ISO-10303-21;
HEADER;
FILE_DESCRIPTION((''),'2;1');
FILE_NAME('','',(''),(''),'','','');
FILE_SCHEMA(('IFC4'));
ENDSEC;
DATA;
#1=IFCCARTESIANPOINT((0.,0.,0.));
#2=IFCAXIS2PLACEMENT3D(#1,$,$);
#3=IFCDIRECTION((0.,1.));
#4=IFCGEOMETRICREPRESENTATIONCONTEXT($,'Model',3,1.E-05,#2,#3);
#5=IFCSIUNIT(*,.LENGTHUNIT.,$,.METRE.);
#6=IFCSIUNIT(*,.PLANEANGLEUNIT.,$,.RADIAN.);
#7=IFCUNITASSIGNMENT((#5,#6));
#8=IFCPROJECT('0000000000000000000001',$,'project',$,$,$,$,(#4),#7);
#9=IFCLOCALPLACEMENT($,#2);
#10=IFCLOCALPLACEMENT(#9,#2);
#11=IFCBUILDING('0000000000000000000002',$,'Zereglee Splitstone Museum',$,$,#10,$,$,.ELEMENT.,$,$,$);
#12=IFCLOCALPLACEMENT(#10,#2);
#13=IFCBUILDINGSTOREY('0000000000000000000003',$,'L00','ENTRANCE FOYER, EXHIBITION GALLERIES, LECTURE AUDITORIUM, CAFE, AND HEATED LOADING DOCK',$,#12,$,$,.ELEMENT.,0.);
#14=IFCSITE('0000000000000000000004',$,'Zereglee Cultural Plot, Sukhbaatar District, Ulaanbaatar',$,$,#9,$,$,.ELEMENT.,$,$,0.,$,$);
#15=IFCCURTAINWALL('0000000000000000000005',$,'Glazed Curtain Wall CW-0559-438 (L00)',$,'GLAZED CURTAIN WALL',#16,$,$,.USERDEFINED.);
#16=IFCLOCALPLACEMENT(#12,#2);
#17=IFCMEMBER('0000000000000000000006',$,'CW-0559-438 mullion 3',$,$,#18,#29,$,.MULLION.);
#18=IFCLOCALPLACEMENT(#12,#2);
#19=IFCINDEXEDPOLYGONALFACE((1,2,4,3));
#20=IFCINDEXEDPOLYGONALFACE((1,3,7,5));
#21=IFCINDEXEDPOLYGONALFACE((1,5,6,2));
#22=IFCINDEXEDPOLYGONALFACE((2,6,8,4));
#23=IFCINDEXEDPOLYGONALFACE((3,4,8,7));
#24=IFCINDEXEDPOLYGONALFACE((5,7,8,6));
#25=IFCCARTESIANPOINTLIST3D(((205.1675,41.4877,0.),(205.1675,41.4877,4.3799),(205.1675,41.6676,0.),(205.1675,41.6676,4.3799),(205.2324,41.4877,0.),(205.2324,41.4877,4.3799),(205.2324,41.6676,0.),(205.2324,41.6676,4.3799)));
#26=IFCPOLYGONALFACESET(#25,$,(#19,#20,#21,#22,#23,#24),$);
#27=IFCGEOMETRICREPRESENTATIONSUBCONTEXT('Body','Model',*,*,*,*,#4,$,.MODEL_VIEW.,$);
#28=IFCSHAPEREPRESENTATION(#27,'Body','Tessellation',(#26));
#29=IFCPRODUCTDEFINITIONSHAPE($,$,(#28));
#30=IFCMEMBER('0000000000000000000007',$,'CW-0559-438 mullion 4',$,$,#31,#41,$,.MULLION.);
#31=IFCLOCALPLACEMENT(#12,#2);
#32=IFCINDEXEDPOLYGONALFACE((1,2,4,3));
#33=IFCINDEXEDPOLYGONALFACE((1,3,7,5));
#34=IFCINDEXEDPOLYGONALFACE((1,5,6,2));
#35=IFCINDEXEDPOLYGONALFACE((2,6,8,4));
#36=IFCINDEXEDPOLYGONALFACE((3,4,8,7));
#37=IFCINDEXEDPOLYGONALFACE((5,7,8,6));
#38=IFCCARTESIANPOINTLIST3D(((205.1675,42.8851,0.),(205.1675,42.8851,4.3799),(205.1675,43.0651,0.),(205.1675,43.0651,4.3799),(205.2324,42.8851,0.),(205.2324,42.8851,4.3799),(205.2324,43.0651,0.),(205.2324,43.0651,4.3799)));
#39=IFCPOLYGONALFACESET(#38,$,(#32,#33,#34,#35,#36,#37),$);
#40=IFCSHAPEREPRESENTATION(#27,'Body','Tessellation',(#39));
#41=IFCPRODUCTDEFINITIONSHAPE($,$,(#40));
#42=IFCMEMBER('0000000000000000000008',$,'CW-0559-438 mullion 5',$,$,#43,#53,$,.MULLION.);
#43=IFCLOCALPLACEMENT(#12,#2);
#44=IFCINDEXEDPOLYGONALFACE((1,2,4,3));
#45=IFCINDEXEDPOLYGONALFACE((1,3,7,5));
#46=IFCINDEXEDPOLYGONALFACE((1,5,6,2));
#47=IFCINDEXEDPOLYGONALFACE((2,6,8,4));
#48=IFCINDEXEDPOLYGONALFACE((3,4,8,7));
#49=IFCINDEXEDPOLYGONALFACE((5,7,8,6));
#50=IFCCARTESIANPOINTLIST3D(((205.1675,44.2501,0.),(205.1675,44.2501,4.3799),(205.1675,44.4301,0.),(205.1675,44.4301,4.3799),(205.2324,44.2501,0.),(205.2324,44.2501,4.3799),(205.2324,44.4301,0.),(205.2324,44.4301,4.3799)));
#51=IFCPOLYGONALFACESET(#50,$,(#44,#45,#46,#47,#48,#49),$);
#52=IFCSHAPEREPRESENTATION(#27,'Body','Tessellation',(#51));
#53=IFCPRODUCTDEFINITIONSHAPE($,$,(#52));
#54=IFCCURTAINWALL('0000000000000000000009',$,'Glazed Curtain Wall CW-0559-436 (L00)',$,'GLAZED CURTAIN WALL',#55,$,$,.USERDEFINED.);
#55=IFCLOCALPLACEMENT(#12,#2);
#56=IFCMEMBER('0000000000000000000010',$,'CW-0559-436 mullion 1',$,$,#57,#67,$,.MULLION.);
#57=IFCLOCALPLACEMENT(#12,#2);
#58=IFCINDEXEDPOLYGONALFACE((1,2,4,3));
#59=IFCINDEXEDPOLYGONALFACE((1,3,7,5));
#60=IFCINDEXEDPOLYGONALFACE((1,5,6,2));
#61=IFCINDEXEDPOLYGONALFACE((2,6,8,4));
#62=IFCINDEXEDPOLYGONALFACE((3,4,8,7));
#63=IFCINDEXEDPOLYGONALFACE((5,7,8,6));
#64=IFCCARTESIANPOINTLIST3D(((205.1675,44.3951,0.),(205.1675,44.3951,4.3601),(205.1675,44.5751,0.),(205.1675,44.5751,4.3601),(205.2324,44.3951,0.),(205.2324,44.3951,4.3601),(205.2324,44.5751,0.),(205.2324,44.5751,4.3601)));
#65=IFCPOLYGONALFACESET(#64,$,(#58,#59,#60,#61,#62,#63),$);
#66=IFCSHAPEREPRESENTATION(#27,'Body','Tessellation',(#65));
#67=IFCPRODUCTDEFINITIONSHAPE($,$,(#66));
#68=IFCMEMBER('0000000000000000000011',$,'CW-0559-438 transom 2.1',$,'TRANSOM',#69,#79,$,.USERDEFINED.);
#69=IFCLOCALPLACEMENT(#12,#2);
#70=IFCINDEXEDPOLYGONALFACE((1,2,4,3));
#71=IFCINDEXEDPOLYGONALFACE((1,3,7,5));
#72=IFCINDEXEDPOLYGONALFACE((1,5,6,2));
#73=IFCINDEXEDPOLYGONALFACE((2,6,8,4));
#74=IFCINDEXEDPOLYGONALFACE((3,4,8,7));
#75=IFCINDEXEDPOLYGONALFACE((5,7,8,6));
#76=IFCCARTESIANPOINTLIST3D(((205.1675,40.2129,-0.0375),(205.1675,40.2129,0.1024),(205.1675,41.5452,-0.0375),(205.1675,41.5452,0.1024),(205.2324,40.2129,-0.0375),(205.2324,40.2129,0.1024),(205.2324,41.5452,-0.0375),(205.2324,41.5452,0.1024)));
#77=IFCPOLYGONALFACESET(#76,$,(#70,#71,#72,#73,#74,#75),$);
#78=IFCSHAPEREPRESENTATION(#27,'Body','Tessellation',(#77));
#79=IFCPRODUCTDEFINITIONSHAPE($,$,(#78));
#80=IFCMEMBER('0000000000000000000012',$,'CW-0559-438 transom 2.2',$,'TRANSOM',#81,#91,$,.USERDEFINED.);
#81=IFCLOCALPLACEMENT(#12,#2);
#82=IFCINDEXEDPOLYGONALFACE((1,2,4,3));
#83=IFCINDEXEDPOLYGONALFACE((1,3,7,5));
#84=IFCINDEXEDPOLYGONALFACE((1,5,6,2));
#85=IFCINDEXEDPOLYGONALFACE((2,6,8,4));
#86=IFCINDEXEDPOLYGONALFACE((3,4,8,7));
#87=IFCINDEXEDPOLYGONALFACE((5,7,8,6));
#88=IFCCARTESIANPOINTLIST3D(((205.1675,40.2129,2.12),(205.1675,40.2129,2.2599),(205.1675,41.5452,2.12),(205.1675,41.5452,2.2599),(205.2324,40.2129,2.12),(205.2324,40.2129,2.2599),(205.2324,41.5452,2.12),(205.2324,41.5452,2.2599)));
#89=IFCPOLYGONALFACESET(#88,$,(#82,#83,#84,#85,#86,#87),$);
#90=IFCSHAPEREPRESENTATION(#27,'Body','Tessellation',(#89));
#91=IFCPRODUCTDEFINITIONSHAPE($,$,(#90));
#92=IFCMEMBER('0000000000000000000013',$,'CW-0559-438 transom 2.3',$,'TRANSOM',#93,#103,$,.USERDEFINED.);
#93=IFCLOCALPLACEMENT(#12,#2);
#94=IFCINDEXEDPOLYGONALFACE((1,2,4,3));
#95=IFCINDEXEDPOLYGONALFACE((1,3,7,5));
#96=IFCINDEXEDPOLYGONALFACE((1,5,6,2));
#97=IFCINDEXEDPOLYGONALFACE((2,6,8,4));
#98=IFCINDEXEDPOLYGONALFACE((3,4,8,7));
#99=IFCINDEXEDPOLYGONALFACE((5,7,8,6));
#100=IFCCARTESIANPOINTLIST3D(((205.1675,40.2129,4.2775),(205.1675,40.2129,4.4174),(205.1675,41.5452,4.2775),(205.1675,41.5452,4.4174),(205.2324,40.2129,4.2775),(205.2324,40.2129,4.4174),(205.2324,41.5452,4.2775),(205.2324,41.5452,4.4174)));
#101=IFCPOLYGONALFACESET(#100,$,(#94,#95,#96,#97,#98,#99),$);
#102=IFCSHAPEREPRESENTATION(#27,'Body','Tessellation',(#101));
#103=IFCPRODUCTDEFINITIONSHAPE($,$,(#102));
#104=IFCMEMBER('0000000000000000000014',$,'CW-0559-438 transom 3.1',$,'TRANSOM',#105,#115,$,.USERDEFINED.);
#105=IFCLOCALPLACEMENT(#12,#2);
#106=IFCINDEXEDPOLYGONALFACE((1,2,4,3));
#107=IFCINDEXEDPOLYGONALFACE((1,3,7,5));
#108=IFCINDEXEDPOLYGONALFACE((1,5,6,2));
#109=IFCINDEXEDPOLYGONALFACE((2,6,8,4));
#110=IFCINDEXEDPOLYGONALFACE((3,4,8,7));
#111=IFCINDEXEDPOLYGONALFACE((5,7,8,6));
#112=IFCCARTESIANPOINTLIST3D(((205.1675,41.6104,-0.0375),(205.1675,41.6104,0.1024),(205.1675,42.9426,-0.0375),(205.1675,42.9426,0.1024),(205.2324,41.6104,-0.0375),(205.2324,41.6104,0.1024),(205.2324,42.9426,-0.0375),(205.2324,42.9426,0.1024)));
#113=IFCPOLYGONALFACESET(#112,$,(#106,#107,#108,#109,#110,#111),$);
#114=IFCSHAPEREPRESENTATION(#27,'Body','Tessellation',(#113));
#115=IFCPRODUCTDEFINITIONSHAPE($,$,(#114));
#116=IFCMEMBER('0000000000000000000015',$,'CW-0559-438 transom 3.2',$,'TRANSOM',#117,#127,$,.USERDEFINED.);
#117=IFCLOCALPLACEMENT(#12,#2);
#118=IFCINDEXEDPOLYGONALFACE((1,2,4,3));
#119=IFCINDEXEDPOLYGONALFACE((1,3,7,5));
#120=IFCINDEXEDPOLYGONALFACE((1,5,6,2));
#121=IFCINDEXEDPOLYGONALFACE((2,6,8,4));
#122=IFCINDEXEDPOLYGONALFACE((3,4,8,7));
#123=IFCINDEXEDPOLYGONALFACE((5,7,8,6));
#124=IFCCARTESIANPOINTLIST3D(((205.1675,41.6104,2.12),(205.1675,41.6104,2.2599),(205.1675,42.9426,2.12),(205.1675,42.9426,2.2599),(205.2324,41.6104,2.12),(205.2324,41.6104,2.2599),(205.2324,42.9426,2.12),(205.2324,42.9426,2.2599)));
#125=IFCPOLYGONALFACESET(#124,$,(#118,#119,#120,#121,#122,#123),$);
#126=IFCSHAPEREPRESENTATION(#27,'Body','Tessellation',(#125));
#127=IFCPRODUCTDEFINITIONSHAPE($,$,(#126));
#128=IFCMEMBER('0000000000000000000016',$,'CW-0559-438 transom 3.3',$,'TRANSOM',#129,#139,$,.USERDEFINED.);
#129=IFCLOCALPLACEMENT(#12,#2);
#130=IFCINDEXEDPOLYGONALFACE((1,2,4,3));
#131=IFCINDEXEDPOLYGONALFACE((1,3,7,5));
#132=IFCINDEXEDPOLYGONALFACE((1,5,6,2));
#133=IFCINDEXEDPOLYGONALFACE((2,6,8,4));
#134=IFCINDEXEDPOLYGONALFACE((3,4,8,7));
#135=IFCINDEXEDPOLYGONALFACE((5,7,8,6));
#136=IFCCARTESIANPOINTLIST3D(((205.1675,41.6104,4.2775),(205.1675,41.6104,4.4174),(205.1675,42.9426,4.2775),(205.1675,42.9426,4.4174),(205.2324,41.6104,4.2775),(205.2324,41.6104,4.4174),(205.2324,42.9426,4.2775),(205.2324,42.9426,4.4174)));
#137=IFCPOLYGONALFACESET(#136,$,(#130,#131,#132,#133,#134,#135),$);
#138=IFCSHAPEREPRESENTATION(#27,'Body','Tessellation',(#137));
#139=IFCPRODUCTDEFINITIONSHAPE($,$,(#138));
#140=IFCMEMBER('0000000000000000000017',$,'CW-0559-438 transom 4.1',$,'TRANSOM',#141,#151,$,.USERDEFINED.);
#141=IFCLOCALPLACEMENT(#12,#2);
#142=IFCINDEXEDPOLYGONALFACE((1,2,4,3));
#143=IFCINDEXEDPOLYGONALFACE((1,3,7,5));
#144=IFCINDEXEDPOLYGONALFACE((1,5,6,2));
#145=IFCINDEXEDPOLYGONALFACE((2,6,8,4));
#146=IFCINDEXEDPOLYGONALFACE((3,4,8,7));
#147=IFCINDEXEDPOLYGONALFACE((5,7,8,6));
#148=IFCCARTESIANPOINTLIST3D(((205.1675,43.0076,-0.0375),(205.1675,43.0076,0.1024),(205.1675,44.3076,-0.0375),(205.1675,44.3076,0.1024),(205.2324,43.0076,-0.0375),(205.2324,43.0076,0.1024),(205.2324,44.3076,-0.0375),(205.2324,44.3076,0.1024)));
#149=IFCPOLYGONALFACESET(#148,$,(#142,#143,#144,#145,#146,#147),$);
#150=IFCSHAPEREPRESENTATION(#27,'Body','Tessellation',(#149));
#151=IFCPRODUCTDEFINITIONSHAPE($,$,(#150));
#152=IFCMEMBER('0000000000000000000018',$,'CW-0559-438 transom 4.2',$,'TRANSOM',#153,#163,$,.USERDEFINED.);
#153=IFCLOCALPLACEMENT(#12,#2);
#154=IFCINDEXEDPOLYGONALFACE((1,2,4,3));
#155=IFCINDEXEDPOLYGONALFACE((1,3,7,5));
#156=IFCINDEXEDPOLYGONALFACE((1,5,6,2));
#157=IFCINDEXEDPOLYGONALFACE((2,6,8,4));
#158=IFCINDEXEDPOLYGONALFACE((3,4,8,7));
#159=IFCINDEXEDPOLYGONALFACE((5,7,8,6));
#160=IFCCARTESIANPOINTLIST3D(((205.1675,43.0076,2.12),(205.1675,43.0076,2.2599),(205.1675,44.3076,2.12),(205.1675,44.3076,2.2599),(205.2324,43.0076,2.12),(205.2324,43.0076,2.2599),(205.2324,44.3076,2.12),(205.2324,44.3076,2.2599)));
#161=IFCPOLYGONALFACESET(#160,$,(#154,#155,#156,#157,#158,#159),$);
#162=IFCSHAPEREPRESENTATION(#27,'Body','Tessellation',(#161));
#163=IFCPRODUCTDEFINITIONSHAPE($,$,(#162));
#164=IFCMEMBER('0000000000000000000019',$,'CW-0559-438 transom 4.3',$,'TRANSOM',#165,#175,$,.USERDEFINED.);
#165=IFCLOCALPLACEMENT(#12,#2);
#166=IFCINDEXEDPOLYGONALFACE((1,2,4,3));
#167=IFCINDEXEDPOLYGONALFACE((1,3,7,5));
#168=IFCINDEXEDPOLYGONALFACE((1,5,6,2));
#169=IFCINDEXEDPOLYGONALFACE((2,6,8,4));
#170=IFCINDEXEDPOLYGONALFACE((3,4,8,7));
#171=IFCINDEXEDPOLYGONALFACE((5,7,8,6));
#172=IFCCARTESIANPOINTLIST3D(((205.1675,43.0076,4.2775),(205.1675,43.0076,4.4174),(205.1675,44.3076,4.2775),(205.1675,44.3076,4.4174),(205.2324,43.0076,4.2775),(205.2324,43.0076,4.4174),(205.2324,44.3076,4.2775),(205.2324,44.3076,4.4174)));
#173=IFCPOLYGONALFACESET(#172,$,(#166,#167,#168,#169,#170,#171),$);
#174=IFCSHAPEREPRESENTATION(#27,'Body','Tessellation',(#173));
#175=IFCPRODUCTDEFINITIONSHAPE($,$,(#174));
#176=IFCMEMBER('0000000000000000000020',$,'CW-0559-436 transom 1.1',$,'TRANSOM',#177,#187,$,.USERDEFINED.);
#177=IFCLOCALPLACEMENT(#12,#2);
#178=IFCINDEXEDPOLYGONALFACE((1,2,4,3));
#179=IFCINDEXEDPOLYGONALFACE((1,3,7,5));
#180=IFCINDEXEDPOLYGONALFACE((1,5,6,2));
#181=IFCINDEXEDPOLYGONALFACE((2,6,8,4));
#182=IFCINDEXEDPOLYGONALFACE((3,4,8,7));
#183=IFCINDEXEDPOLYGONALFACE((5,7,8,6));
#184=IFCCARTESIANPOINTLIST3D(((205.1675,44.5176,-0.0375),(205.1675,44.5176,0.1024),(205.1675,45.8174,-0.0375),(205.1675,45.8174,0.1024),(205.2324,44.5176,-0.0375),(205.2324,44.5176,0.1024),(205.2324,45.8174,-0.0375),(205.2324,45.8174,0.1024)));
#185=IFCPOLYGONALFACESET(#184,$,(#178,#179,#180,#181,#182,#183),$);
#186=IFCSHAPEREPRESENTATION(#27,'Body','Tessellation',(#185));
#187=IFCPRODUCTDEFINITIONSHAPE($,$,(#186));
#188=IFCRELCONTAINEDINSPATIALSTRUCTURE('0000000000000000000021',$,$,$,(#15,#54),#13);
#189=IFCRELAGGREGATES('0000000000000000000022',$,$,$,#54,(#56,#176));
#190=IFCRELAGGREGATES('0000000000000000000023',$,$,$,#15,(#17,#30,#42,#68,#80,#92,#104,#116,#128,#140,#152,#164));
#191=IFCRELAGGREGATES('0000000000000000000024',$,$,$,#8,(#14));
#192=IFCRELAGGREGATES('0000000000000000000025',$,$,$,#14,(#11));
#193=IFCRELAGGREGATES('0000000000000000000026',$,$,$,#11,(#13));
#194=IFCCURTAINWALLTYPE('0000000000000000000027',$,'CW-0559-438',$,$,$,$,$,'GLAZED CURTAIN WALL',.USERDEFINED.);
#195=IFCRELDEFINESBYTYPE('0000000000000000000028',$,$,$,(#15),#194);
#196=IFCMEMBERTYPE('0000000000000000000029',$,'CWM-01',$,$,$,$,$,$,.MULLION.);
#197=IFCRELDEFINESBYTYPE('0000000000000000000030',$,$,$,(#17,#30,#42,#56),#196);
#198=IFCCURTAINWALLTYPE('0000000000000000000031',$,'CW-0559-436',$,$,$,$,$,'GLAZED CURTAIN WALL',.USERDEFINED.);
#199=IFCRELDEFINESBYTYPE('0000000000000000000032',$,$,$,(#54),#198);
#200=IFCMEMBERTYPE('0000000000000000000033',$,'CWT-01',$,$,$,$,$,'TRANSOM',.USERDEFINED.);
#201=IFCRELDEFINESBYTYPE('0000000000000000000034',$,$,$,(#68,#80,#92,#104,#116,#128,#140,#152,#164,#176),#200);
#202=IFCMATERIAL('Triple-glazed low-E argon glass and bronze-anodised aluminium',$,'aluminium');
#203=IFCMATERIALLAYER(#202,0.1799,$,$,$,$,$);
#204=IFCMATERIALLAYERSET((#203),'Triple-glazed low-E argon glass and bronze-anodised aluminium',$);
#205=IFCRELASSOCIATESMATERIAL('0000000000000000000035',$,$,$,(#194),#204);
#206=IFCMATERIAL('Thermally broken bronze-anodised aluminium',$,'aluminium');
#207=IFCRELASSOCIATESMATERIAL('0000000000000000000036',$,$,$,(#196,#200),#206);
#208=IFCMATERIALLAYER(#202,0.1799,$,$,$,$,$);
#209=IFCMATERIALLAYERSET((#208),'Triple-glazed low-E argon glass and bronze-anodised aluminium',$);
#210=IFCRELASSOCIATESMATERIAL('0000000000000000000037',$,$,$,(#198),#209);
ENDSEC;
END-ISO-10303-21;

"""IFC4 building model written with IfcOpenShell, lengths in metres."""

from ifc_helpers import new_model, si_unit, direction, frame, origin, origin_2d, place, context, subcontext, project, spatial, rectangle, extrude, material, layer, layer_set, material_profile, profile_set, type_object, element, aggregate, save


model = new_model("IFC4")

# Units and contexts
model_context = context("Model", 3, precision=1e-05, world=origin(), true_north=direction((0.0, 1.0)))
body_context = subcontext(model_context, "Body", "Model", "MODEL_VIEW")
ifc_project = project(units=[si_unit("LENGTHUNIT", "METRE"), si_unit("PLANEANGLEUNIT", "RADIAN")], contexts=[model_context])

# Site, building, storey
site_placement = place(None, origin())
site = spatial("IfcSite", under=ifc_project, at=site_placement, Name="Zereglee Cultural Plot, Sukhbaatar District, Ulaanbaatar", CompositionType="ELEMENT", RefElevation=0.0)
building_placement = place(site_placement, origin())
building = spatial("IfcBuilding", under=site, at=building_placement, Name="Zereglee Splitstone Museum", CompositionType="ELEMENT")
storey_placement = place(building_placement, origin())
storey = spatial("IfcBuildingStorey", under=building, at=storey_placement, Name="L00", Description="ENTRANCE FOYER, EXHIBITION GALLERIES, LECTURE AUDITORIUM, CAFE, AND HEATED LOADING DOCK", CompositionType="ELEMENT", Elevation=0.0)

# Curtain wall, members
ifc_material_1 = material(Name="Triple-glazed low-E argon glass and bronze-anodised aluminium", Category="aluminium")
ifc_layer_1 = layer(ifc_material_1, 0.1799)
ifc_layer_set_1 = layer_set([ifc_layer_1], Name="Triple-glazed low-E argon glass and bronze-anodised aluminium")
curtain_wall_type_1 = type_object("IfcCurtainWallType", Name="CW-0559-438", ElementType="GLAZED CURTAIN WALL", PredefinedType="USERDEFINED", material=ifc_layer_set_1)
curtain_wall_1_placement = place(storey_placement, origin())
curtain_wall_1 = element("IfcCurtainWall", 1, at=curtain_wall_1_placement, inside=storey, type_object=curtain_wall_type_1, Name="Glazed Curtain Wall CW-0559-438 (L00)", ObjectType="GLAZED CURTAIN WALL", PredefinedType="USERDEFINED")
ifc_material_2 = material(Name="Thermally broken bronze-anodised aluminium", Category="aluminium")
ifc_material_profile_1 = material_profile(ifc_material_2, rectangle(XDim=0.0649, YDim=0.1799, at=origin_2d()), Name="CW MULL 65x180")
ifc_profile_set_1 = profile_set([ifc_material_profile_1], Name="Thermally broken bronze-anodised aluminium")
member_type_1 = type_object("IfcMemberType", Name="CWM-01", PredefinedType="MULLION", material=ifc_profile_set_1)
member_1_placement = place(storey_placement, frame((205.2, 41.5776, 0.0), z_axis=(0.0, 0.0, 1.0), x_axis=(-1.0, 0.0, 0.0)))
member_1 = element("IfcMember", 2, at=member_1_placement, type_object=member_type_1, Name="CW-0559-438 mullion 3", PredefinedType="MULLION", context=body_context, shape_type="SweptSolid", body=[
    extrude(rectangle(XDim=0.0649, YDim=0.1799, at=origin_2d()), origin(), (0.0, 0.0, 1.0), 4.3799),
])
member_2_placement = place(storey_placement, frame((205.2, 42.9751, 0.0), z_axis=(0.0, 0.0, 1.0), x_axis=(-1.0, 0.0, 0.0)))
member_2 = element("IfcMember", 3, at=member_2_placement, type_object=member_type_1, Name="CW-0559-438 mullion 4", PredefinedType="MULLION", context=body_context, shape_type="SweptSolid", body=[
    extrude(rectangle(XDim=0.0649, YDim=0.1799, at=origin_2d()), origin(), (0.0, 0.0, 1.0), 4.3799),
])
member_3_placement = place(storey_placement, frame((205.2, 44.3401, 0.0), z_axis=(0.0, 0.0, 1.0), x_axis=(-1.0, 0.0, 0.0)))
member_3 = element("IfcMember", 4, at=member_3_placement, type_object=member_type_1, Name="CW-0559-438 mullion 5", PredefinedType="MULLION", context=body_context, shape_type="SweptSolid", body=[
    extrude(rectangle(XDim=0.0649, YDim=0.1799, at=origin_2d()), origin(), (0.0, 0.0, 1.0), 4.3799),
])

# Curtain wall, member
ifc_layer_2 = layer(ifc_material_1, 0.1799)
ifc_layer_set_2 = layer_set([ifc_layer_2], Name="Triple-glazed low-E argon glass and bronze-anodised aluminium")
curtain_wall_type_2 = type_object("IfcCurtainWallType", Name="CW-0559-436", ElementType="GLAZED CURTAIN WALL", PredefinedType="USERDEFINED", material=ifc_layer_set_2)
curtain_wall_2_placement = place(storey_placement, origin())
curtain_wall_2 = element("IfcCurtainWall", 5, at=curtain_wall_2_placement, inside=storey, type_object=curtain_wall_type_2, Name="Glazed Curtain Wall CW-0559-436 (L00)", ObjectType="GLAZED CURTAIN WALL", PredefinedType="USERDEFINED")
member_4_placement = place(storey_placement, frame((205.2, 44.4851, 0.0), z_axis=(0.0, 0.0, 1.0), x_axis=(-1.0, 0.0, 0.0)))
member_4 = element("IfcMember", 6, at=member_4_placement, type_object=member_type_1, Name="CW-0559-436 mullion 1", PredefinedType="MULLION", context=body_context, shape_type="SweptSolid", body=[
    extrude(rectangle(XDim=0.0649, YDim=0.1799, at=origin_2d()), origin(), (0.0, 0.0, 1.0), 4.3601),
])

# Members
ifc_material_profile_2 = material_profile(ifc_material_2, rectangle(XDim=0.0649, YDim=0.1399, at=origin_2d()), Name="CW TRAN 65x140")
ifc_profile_set_2 = profile_set([ifc_material_profile_2], Name="Thermally broken bronze-anodised aluminium")
member_type_2 = type_object("IfcMemberType", Name="CWT-01", ElementType="TRANSOM", PredefinedType="USERDEFINED", material=ifc_profile_set_2)
member_5_placement = place(storey_placement, frame((205.2, 40.2129, 0.0325), z_axis=(0.0, 1.0, 0.0), x_axis=(-1.0, 0.0, 0.0)))
member_5 = element("IfcMember", 7, at=member_5_placement, type_object=member_type_2, Name="CW-0559-438 transom 2.1", ObjectType="TRANSOM", PredefinedType="USERDEFINED", context=body_context, shape_type="SweptSolid", body=[
    extrude(rectangle(XDim=0.0649, YDim=0.1399, at=origin_2d()), origin(), (0.0, 0.0, 1.0), 1.3323),
])
member_6_placement = place(storey_placement, frame((205.2, 40.2129, 2.1899), z_axis=(0.0, 1.0, 0.0), x_axis=(-1.0, 0.0, 0.0)))
member_6 = element("IfcMember", 8, at=member_6_placement, type_object=member_type_2, Name="CW-0559-438 transom 2.2", ObjectType="TRANSOM", PredefinedType="USERDEFINED", context=body_context, shape_type="SweptSolid", body=[
    extrude(rectangle(XDim=0.0649, YDim=0.1399, at=origin_2d()), origin(), (0.0, 0.0, 1.0), 1.3323),
])
member_7_placement = place(storey_placement, frame((205.2, 40.2129, 4.3474), z_axis=(0.0, 1.0, 0.0), x_axis=(-1.0, 0.0, 0.0)))
member_7 = element("IfcMember", 9, at=member_7_placement, type_object=member_type_2, Name="CW-0559-438 transom 2.3", ObjectType="TRANSOM", PredefinedType="USERDEFINED", context=body_context, shape_type="SweptSolid", body=[
    extrude(rectangle(XDim=0.0649, YDim=0.1399, at=origin_2d()), origin(), (0.0, 0.0, 1.0), 1.3323),
])
member_8_placement = place(storey_placement, frame((205.2, 41.6104, 0.0325), z_axis=(0.0, 1.0, 0.0), x_axis=(-1.0, 0.0, 0.0)))
member_8 = element("IfcMember", 10, at=member_8_placement, type_object=member_type_2, Name="CW-0559-438 transom 3.1", ObjectType="TRANSOM", PredefinedType="USERDEFINED", context=body_context, shape_type="SweptSolid", body=[
    extrude(rectangle(XDim=0.0649, YDim=0.1399, at=origin_2d()), origin(), (0.0, 0.0, 1.0), 1.3323),
])
member_9_placement = place(storey_placement, frame((205.2, 41.6104, 2.1899), z_axis=(0.0, 1.0, 0.0), x_axis=(-1.0, 0.0, 0.0)))
member_9 = element("IfcMember", 11, at=member_9_placement, type_object=member_type_2, Name="CW-0559-438 transom 3.2", ObjectType="TRANSOM", PredefinedType="USERDEFINED", context=body_context, shape_type="SweptSolid", body=[
    extrude(rectangle(XDim=0.0649, YDim=0.1399, at=origin_2d()), origin(), (0.0, 0.0, 1.0), 1.3323),
])
member_10_placement = place(storey_placement, frame((205.2, 41.6104, 4.3474), z_axis=(0.0, 1.0, 0.0), x_axis=(-1.0, 0.0, 0.0)))
member_10 = element("IfcMember", 12, at=member_10_placement, type_object=member_type_2, Name="CW-0559-438 transom 3.3", ObjectType="TRANSOM", PredefinedType="USERDEFINED", context=body_context, shape_type="SweptSolid", body=[
    extrude(rectangle(XDim=0.0649, YDim=0.1399, at=origin_2d()), origin(), (0.0, 0.0, 1.0), 1.3323),
])
member_11_placement = place(storey_placement, frame((205.2, 43.0076, 0.0325), z_axis=(0.0, 1.0, 0.0), x_axis=(-1.0, 0.0, 0.0)))
member_11 = element("IfcMember", 13, at=member_11_placement, type_object=member_type_2, Name="CW-0559-438 transom 4.1", ObjectType="TRANSOM", PredefinedType="USERDEFINED", context=body_context, shape_type="SweptSolid", body=[
    extrude(rectangle(XDim=0.0649, YDim=0.1399, at=origin_2d()), origin(), (0.0, 0.0, 1.0), 1.3),
])
member_12_placement = place(storey_placement, frame((205.2, 43.0076, 2.1899), z_axis=(0.0, 1.0, 0.0), x_axis=(-1.0, 0.0, 0.0)))
member_12 = element("IfcMember", 14, at=member_12_placement, type_object=member_type_2, Name="CW-0559-438 transom 4.2", ObjectType="TRANSOM", PredefinedType="USERDEFINED", context=body_context, shape_type="SweptSolid", body=[
    extrude(rectangle(XDim=0.0649, YDim=0.1399, at=origin_2d()), origin(), (0.0, 0.0, 1.0), 1.3),
])
member_13_placement = place(storey_placement, frame((205.2, 43.0076, 4.3474), z_axis=(0.0, 1.0, 0.0), x_axis=(-1.0, 0.0, 0.0)))
member_13 = element("IfcMember", 15, at=member_13_placement, type_object=member_type_2, Name="CW-0559-438 transom 4.3", ObjectType="TRANSOM", PredefinedType="USERDEFINED", context=body_context, shape_type="SweptSolid", body=[
    extrude(rectangle(XDim=0.0649, YDim=0.1399, at=origin_2d()), origin(), (0.0, 0.0, 1.0), 1.3),
])
member_14_placement = place(storey_placement, frame((205.2, 44.5176, 0.0325), z_axis=(0.0, 1.0, 0.0), x_axis=(-1.0, 0.0, 0.0)))
member_14 = element("IfcMember", 16, at=member_14_placement, type_object=member_type_2, Name="CW-0559-436 transom 1.1", ObjectType="TRANSOM", PredefinedType="USERDEFINED", context=body_context, shape_type="SweptSolid", body=[
    extrude(rectangle(XDim=0.0649, YDim=0.1399, at=origin_2d()), origin(), (0.0, 0.0, 1.0), 1.2998),
])
aggregate(curtain_wall_2, [member_4, member_14])

aggregate(curtain_wall_1, [member_1, member_2, member_3, member_5, member_6, member_7, member_8, member_9, member_10, member_11, member_12, member_13])

save(model, "model.ifc")
